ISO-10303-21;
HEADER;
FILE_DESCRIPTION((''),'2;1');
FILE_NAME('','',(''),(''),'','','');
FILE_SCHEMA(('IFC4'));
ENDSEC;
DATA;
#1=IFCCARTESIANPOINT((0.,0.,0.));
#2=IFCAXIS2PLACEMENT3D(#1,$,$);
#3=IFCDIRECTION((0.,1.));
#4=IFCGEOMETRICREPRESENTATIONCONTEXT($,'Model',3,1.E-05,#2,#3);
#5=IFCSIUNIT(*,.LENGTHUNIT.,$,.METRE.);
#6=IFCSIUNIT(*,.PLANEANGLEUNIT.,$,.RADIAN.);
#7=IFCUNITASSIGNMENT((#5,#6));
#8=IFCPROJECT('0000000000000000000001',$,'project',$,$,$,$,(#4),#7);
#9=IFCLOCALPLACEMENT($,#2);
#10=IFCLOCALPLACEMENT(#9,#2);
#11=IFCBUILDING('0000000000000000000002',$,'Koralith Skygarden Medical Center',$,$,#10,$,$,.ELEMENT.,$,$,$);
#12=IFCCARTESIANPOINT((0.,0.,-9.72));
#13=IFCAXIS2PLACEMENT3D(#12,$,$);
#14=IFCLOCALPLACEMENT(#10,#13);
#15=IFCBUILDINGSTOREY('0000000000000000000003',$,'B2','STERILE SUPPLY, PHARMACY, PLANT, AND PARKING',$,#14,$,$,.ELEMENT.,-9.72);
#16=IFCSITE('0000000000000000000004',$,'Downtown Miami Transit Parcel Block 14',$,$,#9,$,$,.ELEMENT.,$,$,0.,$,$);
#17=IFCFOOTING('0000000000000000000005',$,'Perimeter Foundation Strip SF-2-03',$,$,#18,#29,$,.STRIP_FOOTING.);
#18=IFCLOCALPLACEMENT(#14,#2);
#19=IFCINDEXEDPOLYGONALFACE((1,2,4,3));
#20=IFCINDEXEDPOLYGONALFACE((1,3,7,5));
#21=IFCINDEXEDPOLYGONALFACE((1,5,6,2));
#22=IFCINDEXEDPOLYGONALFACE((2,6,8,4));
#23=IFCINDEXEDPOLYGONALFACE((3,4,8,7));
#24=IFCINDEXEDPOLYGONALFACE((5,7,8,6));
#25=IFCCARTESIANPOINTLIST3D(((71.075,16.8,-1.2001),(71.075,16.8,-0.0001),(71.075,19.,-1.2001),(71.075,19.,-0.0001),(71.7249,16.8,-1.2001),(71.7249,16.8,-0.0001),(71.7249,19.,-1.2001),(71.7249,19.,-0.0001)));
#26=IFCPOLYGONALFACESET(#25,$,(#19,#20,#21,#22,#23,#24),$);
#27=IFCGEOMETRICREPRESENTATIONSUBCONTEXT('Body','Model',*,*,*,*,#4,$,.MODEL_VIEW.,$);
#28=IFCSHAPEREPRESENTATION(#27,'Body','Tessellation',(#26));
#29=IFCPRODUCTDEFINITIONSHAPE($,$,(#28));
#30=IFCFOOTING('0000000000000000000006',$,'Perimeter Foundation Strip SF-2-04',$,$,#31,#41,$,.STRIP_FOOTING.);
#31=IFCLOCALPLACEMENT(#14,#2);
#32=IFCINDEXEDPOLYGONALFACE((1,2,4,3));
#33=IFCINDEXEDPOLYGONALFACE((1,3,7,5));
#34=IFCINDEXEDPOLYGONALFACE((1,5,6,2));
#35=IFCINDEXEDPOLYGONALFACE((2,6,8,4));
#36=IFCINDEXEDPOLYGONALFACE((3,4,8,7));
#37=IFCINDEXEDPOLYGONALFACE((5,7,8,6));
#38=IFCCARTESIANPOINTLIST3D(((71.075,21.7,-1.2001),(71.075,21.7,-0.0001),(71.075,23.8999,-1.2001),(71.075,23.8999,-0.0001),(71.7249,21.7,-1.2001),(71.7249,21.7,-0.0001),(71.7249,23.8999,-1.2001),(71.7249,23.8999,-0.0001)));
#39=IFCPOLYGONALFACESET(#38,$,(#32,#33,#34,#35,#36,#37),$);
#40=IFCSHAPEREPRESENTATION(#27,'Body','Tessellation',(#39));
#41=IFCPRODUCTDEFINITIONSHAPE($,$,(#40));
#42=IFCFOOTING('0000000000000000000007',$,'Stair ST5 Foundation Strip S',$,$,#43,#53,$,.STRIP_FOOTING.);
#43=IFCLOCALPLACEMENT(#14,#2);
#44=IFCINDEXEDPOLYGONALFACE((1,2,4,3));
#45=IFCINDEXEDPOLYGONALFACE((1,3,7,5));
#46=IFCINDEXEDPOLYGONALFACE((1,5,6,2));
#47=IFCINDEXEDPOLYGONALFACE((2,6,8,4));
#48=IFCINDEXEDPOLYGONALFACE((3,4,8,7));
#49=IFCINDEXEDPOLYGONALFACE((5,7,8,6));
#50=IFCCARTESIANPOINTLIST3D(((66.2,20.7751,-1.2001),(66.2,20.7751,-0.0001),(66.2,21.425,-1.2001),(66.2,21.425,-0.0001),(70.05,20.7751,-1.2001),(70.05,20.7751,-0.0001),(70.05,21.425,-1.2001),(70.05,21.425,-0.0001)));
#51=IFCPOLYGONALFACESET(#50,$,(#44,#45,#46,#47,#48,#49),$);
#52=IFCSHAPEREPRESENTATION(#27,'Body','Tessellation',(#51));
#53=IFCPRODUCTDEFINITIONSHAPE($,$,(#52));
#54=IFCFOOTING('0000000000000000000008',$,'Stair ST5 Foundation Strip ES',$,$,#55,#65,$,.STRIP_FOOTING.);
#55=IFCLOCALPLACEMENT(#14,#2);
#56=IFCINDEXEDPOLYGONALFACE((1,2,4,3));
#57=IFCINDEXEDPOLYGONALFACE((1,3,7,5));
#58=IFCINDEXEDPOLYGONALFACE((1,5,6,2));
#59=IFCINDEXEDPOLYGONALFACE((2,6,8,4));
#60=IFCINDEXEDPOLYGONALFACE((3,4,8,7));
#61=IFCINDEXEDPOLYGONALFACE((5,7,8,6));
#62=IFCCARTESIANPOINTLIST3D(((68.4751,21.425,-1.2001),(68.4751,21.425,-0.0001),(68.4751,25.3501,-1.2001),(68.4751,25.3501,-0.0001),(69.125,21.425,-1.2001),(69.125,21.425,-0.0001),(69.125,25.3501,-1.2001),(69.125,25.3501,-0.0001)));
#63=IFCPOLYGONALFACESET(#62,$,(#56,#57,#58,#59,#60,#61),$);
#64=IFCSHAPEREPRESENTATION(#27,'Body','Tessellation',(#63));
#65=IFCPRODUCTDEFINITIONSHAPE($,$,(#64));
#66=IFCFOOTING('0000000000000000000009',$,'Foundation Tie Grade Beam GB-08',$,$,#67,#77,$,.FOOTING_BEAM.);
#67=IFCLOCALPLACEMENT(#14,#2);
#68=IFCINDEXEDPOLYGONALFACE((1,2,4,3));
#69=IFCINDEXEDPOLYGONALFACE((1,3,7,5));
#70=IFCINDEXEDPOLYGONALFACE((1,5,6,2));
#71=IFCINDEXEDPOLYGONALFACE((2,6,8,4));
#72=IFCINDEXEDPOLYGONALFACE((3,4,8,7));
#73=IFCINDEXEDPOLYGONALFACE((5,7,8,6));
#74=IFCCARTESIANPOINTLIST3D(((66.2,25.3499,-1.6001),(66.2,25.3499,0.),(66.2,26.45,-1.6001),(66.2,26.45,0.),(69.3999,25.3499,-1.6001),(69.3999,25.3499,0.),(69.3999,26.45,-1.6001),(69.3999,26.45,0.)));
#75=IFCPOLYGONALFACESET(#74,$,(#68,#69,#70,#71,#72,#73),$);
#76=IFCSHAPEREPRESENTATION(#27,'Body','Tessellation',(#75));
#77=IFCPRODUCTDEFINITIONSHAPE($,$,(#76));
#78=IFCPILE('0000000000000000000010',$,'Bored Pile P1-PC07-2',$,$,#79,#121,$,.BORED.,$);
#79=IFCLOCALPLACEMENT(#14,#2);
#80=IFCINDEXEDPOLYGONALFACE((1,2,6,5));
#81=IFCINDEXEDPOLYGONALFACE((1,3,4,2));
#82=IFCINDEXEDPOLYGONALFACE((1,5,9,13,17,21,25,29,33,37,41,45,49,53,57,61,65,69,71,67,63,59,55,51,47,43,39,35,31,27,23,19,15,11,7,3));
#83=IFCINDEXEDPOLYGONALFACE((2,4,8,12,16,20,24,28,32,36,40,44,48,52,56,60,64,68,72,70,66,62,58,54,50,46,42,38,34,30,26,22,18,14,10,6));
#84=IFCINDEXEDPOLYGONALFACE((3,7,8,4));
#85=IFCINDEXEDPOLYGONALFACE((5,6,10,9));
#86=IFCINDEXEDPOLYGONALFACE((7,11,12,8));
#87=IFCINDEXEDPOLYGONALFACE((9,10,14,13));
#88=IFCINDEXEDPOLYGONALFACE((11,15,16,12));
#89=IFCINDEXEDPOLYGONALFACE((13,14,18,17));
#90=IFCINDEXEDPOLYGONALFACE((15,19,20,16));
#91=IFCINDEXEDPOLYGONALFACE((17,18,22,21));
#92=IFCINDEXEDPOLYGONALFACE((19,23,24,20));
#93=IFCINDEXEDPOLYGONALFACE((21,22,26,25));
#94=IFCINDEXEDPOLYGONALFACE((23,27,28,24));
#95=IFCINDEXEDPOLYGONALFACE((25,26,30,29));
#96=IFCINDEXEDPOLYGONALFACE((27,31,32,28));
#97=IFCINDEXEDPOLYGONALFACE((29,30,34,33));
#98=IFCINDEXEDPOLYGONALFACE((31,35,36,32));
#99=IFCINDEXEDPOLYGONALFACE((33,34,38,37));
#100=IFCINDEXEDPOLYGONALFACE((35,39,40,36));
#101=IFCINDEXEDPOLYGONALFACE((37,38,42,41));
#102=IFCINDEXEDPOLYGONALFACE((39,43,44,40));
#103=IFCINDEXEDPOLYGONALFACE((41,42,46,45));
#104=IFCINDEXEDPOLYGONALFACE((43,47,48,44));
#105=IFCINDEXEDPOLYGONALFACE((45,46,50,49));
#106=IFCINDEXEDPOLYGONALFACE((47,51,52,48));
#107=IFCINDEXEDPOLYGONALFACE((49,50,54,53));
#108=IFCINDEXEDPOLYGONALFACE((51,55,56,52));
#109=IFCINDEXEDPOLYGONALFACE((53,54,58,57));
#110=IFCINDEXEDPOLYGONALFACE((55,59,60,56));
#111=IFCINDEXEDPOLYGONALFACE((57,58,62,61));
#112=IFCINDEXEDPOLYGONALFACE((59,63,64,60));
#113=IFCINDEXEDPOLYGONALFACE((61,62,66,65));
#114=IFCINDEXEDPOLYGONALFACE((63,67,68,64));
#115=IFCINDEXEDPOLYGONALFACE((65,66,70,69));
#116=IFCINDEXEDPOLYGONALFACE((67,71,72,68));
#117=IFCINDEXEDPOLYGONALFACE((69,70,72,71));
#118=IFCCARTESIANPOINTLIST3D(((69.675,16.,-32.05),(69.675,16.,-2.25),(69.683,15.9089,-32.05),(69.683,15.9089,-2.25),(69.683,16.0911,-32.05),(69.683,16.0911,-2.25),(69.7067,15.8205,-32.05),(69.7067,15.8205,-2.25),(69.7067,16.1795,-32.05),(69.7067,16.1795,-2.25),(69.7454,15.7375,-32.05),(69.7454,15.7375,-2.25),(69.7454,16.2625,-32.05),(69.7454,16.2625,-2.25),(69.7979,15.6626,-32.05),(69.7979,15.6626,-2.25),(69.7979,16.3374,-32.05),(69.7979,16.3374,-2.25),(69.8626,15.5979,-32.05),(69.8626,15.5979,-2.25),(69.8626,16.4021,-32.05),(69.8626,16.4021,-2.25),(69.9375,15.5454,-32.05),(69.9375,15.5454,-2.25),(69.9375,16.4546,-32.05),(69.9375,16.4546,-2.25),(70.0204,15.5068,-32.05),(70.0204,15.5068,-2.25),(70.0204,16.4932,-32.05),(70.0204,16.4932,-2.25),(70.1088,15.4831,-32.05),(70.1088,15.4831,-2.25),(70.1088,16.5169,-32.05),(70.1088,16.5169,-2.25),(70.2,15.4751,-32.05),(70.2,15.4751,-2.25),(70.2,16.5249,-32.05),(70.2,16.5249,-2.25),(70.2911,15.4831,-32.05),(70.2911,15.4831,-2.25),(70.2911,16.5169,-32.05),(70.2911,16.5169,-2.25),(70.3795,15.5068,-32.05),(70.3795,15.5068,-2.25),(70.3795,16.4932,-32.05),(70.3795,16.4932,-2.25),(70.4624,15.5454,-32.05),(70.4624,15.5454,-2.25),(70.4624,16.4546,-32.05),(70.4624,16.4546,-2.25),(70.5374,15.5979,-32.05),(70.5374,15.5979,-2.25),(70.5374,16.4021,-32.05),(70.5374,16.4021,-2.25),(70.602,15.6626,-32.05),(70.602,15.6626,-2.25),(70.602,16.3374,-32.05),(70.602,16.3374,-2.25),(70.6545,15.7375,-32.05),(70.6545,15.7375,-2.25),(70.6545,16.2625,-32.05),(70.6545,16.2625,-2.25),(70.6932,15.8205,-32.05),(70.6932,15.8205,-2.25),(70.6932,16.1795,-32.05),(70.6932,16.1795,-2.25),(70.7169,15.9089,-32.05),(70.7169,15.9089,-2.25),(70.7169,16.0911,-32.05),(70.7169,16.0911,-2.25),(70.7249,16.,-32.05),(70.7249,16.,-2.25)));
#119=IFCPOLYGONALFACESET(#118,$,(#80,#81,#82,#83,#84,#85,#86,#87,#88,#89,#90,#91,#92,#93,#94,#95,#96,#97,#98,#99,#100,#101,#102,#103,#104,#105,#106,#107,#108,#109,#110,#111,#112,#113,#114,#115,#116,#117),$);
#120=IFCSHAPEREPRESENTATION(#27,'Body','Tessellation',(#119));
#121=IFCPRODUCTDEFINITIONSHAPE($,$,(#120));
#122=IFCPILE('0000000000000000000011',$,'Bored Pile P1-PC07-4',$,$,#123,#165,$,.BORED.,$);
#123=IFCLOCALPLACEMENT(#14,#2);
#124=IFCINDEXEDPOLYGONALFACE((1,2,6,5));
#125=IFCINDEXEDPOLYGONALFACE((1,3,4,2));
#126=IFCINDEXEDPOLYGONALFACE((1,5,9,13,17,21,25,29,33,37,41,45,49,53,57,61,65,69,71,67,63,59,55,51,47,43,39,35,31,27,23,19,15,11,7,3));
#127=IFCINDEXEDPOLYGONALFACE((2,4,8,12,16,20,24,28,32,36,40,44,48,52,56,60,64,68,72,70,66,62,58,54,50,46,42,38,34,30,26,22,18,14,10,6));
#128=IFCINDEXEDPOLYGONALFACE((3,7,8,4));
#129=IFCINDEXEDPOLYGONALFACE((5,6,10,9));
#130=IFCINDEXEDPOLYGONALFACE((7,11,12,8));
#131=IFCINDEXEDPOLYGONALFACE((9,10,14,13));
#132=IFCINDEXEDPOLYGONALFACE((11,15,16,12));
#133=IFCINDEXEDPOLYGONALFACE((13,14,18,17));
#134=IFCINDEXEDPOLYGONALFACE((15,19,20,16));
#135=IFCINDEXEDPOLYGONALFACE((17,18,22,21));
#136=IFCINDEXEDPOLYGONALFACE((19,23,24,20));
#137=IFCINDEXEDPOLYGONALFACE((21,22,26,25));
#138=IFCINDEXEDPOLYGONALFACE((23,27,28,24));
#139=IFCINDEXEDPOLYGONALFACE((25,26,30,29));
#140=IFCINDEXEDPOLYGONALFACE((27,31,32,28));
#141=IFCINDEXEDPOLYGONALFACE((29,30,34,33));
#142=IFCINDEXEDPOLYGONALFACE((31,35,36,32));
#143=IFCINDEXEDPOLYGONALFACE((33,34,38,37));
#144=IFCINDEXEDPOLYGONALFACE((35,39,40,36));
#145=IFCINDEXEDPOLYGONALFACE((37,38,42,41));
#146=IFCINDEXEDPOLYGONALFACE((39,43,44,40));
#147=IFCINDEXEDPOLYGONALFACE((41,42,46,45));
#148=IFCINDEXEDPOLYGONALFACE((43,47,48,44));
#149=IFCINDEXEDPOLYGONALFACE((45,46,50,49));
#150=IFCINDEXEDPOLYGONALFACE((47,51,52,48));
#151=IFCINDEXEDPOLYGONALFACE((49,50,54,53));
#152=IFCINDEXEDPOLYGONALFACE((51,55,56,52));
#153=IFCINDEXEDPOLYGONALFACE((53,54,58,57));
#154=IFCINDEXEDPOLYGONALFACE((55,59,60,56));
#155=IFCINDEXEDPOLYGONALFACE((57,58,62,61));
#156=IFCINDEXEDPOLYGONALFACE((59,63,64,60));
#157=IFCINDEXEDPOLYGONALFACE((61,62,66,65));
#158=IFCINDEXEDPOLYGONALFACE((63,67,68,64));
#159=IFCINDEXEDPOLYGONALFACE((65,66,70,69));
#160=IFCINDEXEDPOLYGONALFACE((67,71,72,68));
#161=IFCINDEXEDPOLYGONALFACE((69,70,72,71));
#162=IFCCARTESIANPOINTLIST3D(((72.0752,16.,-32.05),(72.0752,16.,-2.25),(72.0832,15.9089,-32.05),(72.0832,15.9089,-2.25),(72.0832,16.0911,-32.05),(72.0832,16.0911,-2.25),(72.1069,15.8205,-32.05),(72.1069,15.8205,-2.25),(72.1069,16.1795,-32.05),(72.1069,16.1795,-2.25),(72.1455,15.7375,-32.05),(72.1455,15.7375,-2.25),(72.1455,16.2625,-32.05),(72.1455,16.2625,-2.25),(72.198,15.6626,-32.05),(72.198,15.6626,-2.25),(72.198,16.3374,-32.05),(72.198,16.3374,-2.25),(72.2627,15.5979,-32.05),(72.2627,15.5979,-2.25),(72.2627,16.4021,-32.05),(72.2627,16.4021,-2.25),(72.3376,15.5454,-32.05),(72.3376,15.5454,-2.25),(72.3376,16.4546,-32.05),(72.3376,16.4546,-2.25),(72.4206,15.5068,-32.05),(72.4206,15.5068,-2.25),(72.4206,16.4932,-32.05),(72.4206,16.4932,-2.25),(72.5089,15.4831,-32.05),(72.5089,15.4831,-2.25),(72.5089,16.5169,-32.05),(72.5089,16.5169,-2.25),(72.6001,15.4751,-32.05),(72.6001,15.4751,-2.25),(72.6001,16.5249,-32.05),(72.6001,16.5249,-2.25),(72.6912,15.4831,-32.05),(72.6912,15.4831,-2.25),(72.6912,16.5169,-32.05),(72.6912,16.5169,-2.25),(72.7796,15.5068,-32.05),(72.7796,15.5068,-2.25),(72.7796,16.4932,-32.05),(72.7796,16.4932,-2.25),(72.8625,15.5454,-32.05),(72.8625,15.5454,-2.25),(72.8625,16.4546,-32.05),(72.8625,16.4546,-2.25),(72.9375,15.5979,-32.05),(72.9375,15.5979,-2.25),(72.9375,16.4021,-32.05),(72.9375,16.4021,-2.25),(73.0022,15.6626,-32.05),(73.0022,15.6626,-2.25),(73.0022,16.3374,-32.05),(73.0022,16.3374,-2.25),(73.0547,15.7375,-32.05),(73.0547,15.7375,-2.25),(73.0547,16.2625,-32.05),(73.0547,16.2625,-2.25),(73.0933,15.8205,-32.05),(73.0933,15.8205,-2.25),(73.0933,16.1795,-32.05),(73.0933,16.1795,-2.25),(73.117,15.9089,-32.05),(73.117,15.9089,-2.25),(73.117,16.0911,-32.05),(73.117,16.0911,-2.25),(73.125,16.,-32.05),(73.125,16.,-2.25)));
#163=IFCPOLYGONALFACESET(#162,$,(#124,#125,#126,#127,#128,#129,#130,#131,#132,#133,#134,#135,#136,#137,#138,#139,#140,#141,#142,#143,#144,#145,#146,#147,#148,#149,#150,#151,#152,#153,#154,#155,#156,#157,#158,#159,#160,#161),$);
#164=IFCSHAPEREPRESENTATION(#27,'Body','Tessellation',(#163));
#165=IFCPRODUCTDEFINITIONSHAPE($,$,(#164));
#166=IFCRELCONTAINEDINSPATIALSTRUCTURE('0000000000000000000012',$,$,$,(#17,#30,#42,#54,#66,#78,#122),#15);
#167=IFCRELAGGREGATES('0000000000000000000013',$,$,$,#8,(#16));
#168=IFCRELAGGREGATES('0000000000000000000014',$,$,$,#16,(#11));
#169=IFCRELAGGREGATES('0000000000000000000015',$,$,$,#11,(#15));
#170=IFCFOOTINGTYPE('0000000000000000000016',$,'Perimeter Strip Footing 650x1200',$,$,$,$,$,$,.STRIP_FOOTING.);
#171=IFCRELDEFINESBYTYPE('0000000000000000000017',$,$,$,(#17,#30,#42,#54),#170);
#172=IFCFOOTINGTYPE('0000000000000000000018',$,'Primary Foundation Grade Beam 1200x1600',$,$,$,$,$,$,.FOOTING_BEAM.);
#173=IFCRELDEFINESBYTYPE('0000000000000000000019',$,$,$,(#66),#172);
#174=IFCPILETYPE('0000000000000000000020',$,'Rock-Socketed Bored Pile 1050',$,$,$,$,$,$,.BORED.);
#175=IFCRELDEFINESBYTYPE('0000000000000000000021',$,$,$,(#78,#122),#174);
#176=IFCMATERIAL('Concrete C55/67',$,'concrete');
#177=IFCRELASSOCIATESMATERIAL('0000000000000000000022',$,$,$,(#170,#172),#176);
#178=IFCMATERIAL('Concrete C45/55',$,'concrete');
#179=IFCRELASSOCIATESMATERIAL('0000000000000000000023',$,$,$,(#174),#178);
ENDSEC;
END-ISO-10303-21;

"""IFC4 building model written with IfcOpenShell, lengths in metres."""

from ifc_helpers import new_model, si_unit, direction, frame, origin, origin_2d, place, context, subcontext, project, spatial, rectangle, circle, extrude, material, material_profile, profile_set, type_object, element, save


model = new_model("IFC4")

# Units and contexts
model_context = context("Model", 3, precision=1e-05, world=origin(), true_north=direction((0.0, 1.0)))
body_context = subcontext(model_context, "Body", "Model", "MODEL_VIEW")
ifc_project = project(units=[si_unit("LENGTHUNIT", "METRE"), si_unit("PLANEANGLEUNIT", "RADIAN")], contexts=[model_context])

# Site, building, storey
site_placement = place(None, origin())
site = spatial("IfcSite", under=ifc_project, at=site_placement, Name="Downtown Miami Transit Parcel Block 14", CompositionType="ELEMENT", RefElevation=0.0)
building_placement = place(site_placement, origin())
building = spatial("IfcBuilding", under=site, at=building_placement, Name="Koralith Skygarden Medical Center", CompositionType="ELEMENT")
storey_placement = place(building_placement, frame((0.0, 0.0, -9.72)))
storey = spatial("IfcBuildingStorey", under=building, at=storey_placement, Name="B2", Description="STERILE SUPPLY, PHARMACY, PLANT, AND PARKING", CompositionType="ELEMENT", Elevation=-9.72)

# Footings
ifc_material_1 = material(Name="Concrete C55/67", Category="concrete")
ifc_material_profile_1 = material_profile(ifc_material_1, rectangle(XDim=0.6499, YDim=1.2, at=origin_2d()), Name="SF650X1200")
ifc_profile_set_1 = profile_set([ifc_material_profile_1], Name="Concrete C55/67")
footing_type_1 = type_object("IfcFootingType", Name="Perimeter Strip Footing 650x1200", PredefinedType="STRIP_FOOTING", material=ifc_profile_set_1)
for number, where, z_axis, x_axis, name in (
    (1, (71.3999, 16.8, -0.6001), (0.0, 1.0, 0.0), (-1.0, 0.0, 0.0), "Perimeter Foundation Strip SF-2-03"),
    (2, (71.3999, 21.7, -0.6001), (0.0, 1.0, 0.0), (-1.0, 0.0, 0.0), "Perimeter Foundation Strip SF-2-04"),
):
    element("IfcFooting", number, at=place(storey_placement, frame(where, z_axis=z_axis, x_axis=x_axis)), inside=storey, type_object=footing_type_1, Name=name, PredefinedType="STRIP_FOOTING", context=body_context, shape_type="SweptSolid", body=[
        extrude(rectangle(XDim=0.6499, YDim=1.2, at=origin_2d()), origin(), (0.0, 0.0, 1.0), 2.2),
    ])
footing_1_placement = place(storey_placement, frame((66.2, 21.1001, -0.6001), z_axis=(1.0, 0.0, 0.0), x_axis=(0.0, 1.0, 0.0)))
element("IfcFooting", 3, at=footing_1_placement, inside=storey, type_object=footing_type_1, Name="Stair ST5 Foundation Strip S", PredefinedType="STRIP_FOOTING", context=body_context, shape_type="SweptSolid", body=[
    extrude(rectangle(XDim=0.6499, YDim=1.2, at=origin_2d()), origin(), (0.0, 0.0, 1.0), 3.8501),
])
footing_2_placement = place(storey_placement, frame((68.8, 21.425, -0.6001), z_axis=(0.0, 1.0, 0.0), x_axis=(-1.0, 0.0, 0.0)))
element("IfcFooting", 4, at=footing_2_placement, inside=storey, type_object=footing_type_1, Name="Stair ST5 Foundation Strip ES", PredefinedType="STRIP_FOOTING", context=body_context, shape_type="SweptSolid", body=[
    extrude(rectangle(XDim=0.6499, YDim=1.2, at=origin_2d()), origin(), (0.0, 0.0, 1.0), 3.925),
])
ifc_material_profile_2 = material_profile(ifc_material_1, rectangle(XDim=1.1001, YDim=1.6001, at=origin_2d()), Name="RCB1100X1600")
ifc_profile_set_2 = profile_set([ifc_material_profile_2], Name="Concrete C55/67")
footing_type_2 = type_object("IfcFootingType", Name="Primary Foundation Grade Beam 1200x1600", PredefinedType="FOOTING_BEAM", material=ifc_profile_set_2)
footing_3_placement = place(storey_placement, frame((66.2, 25.8999, -0.8), z_axis=(1.0, 0.0, 0.0), x_axis=(0.0, 1.0, 0.0)))
element("IfcFooting", 5, at=footing_3_placement, inside=storey, type_object=footing_type_2, Name="Foundation Tie Grade Beam GB-08", PredefinedType="FOOTING_BEAM", context=body_context, shape_type="SweptSolid", body=[
    extrude(rectangle(XDim=1.1001, YDim=1.6001, at=origin_2d()), origin(), (0.0, 0.0, 1.0), 3.2),
])

# Piles
ifc_material_2 = material(Name="Concrete C45/55", Category="concrete")
ifc_material_profile_3 = material_profile(ifc_material_2, circle(Radius=0.5249, at=origin_2d()), Name="PILE1050")
ifc_profile_set_3 = profile_set([ifc_material_profile_3], Name="Concrete C45/55")
pile_type = type_object("IfcPileType", Name="Rock-Socketed Bored Pile 1050", PredefinedType="BORED", material=ifc_profile_set_3)
for number, where, z_axis, x_axis, name in (
    (6, (70.2, 16.0, -2.25), (0.0, 0.0, -1.0), (1.0, 0.0, 0.0), "Bored Pile P1-PC07-2"),
    (7, (72.6001, 16.0, -2.25), (0.0, 0.0, -1.0), (1.0, 0.0, 0.0), "Bored Pile P1-PC07-4"),
):
    element("IfcPile", number, at=place(storey_placement, frame(where, z_axis=z_axis, x_axis=x_axis)), inside=storey, type_object=pile_type, Name=name, PredefinedType="BORED", context=body_context, shape_type="SweptSolid", body=[
        extrude(circle(Radius=0.5249, at=origin_2d()), origin(), (0.0, 0.0, 1.0), 29.8),
    ])

save(model, "model.ifc")
